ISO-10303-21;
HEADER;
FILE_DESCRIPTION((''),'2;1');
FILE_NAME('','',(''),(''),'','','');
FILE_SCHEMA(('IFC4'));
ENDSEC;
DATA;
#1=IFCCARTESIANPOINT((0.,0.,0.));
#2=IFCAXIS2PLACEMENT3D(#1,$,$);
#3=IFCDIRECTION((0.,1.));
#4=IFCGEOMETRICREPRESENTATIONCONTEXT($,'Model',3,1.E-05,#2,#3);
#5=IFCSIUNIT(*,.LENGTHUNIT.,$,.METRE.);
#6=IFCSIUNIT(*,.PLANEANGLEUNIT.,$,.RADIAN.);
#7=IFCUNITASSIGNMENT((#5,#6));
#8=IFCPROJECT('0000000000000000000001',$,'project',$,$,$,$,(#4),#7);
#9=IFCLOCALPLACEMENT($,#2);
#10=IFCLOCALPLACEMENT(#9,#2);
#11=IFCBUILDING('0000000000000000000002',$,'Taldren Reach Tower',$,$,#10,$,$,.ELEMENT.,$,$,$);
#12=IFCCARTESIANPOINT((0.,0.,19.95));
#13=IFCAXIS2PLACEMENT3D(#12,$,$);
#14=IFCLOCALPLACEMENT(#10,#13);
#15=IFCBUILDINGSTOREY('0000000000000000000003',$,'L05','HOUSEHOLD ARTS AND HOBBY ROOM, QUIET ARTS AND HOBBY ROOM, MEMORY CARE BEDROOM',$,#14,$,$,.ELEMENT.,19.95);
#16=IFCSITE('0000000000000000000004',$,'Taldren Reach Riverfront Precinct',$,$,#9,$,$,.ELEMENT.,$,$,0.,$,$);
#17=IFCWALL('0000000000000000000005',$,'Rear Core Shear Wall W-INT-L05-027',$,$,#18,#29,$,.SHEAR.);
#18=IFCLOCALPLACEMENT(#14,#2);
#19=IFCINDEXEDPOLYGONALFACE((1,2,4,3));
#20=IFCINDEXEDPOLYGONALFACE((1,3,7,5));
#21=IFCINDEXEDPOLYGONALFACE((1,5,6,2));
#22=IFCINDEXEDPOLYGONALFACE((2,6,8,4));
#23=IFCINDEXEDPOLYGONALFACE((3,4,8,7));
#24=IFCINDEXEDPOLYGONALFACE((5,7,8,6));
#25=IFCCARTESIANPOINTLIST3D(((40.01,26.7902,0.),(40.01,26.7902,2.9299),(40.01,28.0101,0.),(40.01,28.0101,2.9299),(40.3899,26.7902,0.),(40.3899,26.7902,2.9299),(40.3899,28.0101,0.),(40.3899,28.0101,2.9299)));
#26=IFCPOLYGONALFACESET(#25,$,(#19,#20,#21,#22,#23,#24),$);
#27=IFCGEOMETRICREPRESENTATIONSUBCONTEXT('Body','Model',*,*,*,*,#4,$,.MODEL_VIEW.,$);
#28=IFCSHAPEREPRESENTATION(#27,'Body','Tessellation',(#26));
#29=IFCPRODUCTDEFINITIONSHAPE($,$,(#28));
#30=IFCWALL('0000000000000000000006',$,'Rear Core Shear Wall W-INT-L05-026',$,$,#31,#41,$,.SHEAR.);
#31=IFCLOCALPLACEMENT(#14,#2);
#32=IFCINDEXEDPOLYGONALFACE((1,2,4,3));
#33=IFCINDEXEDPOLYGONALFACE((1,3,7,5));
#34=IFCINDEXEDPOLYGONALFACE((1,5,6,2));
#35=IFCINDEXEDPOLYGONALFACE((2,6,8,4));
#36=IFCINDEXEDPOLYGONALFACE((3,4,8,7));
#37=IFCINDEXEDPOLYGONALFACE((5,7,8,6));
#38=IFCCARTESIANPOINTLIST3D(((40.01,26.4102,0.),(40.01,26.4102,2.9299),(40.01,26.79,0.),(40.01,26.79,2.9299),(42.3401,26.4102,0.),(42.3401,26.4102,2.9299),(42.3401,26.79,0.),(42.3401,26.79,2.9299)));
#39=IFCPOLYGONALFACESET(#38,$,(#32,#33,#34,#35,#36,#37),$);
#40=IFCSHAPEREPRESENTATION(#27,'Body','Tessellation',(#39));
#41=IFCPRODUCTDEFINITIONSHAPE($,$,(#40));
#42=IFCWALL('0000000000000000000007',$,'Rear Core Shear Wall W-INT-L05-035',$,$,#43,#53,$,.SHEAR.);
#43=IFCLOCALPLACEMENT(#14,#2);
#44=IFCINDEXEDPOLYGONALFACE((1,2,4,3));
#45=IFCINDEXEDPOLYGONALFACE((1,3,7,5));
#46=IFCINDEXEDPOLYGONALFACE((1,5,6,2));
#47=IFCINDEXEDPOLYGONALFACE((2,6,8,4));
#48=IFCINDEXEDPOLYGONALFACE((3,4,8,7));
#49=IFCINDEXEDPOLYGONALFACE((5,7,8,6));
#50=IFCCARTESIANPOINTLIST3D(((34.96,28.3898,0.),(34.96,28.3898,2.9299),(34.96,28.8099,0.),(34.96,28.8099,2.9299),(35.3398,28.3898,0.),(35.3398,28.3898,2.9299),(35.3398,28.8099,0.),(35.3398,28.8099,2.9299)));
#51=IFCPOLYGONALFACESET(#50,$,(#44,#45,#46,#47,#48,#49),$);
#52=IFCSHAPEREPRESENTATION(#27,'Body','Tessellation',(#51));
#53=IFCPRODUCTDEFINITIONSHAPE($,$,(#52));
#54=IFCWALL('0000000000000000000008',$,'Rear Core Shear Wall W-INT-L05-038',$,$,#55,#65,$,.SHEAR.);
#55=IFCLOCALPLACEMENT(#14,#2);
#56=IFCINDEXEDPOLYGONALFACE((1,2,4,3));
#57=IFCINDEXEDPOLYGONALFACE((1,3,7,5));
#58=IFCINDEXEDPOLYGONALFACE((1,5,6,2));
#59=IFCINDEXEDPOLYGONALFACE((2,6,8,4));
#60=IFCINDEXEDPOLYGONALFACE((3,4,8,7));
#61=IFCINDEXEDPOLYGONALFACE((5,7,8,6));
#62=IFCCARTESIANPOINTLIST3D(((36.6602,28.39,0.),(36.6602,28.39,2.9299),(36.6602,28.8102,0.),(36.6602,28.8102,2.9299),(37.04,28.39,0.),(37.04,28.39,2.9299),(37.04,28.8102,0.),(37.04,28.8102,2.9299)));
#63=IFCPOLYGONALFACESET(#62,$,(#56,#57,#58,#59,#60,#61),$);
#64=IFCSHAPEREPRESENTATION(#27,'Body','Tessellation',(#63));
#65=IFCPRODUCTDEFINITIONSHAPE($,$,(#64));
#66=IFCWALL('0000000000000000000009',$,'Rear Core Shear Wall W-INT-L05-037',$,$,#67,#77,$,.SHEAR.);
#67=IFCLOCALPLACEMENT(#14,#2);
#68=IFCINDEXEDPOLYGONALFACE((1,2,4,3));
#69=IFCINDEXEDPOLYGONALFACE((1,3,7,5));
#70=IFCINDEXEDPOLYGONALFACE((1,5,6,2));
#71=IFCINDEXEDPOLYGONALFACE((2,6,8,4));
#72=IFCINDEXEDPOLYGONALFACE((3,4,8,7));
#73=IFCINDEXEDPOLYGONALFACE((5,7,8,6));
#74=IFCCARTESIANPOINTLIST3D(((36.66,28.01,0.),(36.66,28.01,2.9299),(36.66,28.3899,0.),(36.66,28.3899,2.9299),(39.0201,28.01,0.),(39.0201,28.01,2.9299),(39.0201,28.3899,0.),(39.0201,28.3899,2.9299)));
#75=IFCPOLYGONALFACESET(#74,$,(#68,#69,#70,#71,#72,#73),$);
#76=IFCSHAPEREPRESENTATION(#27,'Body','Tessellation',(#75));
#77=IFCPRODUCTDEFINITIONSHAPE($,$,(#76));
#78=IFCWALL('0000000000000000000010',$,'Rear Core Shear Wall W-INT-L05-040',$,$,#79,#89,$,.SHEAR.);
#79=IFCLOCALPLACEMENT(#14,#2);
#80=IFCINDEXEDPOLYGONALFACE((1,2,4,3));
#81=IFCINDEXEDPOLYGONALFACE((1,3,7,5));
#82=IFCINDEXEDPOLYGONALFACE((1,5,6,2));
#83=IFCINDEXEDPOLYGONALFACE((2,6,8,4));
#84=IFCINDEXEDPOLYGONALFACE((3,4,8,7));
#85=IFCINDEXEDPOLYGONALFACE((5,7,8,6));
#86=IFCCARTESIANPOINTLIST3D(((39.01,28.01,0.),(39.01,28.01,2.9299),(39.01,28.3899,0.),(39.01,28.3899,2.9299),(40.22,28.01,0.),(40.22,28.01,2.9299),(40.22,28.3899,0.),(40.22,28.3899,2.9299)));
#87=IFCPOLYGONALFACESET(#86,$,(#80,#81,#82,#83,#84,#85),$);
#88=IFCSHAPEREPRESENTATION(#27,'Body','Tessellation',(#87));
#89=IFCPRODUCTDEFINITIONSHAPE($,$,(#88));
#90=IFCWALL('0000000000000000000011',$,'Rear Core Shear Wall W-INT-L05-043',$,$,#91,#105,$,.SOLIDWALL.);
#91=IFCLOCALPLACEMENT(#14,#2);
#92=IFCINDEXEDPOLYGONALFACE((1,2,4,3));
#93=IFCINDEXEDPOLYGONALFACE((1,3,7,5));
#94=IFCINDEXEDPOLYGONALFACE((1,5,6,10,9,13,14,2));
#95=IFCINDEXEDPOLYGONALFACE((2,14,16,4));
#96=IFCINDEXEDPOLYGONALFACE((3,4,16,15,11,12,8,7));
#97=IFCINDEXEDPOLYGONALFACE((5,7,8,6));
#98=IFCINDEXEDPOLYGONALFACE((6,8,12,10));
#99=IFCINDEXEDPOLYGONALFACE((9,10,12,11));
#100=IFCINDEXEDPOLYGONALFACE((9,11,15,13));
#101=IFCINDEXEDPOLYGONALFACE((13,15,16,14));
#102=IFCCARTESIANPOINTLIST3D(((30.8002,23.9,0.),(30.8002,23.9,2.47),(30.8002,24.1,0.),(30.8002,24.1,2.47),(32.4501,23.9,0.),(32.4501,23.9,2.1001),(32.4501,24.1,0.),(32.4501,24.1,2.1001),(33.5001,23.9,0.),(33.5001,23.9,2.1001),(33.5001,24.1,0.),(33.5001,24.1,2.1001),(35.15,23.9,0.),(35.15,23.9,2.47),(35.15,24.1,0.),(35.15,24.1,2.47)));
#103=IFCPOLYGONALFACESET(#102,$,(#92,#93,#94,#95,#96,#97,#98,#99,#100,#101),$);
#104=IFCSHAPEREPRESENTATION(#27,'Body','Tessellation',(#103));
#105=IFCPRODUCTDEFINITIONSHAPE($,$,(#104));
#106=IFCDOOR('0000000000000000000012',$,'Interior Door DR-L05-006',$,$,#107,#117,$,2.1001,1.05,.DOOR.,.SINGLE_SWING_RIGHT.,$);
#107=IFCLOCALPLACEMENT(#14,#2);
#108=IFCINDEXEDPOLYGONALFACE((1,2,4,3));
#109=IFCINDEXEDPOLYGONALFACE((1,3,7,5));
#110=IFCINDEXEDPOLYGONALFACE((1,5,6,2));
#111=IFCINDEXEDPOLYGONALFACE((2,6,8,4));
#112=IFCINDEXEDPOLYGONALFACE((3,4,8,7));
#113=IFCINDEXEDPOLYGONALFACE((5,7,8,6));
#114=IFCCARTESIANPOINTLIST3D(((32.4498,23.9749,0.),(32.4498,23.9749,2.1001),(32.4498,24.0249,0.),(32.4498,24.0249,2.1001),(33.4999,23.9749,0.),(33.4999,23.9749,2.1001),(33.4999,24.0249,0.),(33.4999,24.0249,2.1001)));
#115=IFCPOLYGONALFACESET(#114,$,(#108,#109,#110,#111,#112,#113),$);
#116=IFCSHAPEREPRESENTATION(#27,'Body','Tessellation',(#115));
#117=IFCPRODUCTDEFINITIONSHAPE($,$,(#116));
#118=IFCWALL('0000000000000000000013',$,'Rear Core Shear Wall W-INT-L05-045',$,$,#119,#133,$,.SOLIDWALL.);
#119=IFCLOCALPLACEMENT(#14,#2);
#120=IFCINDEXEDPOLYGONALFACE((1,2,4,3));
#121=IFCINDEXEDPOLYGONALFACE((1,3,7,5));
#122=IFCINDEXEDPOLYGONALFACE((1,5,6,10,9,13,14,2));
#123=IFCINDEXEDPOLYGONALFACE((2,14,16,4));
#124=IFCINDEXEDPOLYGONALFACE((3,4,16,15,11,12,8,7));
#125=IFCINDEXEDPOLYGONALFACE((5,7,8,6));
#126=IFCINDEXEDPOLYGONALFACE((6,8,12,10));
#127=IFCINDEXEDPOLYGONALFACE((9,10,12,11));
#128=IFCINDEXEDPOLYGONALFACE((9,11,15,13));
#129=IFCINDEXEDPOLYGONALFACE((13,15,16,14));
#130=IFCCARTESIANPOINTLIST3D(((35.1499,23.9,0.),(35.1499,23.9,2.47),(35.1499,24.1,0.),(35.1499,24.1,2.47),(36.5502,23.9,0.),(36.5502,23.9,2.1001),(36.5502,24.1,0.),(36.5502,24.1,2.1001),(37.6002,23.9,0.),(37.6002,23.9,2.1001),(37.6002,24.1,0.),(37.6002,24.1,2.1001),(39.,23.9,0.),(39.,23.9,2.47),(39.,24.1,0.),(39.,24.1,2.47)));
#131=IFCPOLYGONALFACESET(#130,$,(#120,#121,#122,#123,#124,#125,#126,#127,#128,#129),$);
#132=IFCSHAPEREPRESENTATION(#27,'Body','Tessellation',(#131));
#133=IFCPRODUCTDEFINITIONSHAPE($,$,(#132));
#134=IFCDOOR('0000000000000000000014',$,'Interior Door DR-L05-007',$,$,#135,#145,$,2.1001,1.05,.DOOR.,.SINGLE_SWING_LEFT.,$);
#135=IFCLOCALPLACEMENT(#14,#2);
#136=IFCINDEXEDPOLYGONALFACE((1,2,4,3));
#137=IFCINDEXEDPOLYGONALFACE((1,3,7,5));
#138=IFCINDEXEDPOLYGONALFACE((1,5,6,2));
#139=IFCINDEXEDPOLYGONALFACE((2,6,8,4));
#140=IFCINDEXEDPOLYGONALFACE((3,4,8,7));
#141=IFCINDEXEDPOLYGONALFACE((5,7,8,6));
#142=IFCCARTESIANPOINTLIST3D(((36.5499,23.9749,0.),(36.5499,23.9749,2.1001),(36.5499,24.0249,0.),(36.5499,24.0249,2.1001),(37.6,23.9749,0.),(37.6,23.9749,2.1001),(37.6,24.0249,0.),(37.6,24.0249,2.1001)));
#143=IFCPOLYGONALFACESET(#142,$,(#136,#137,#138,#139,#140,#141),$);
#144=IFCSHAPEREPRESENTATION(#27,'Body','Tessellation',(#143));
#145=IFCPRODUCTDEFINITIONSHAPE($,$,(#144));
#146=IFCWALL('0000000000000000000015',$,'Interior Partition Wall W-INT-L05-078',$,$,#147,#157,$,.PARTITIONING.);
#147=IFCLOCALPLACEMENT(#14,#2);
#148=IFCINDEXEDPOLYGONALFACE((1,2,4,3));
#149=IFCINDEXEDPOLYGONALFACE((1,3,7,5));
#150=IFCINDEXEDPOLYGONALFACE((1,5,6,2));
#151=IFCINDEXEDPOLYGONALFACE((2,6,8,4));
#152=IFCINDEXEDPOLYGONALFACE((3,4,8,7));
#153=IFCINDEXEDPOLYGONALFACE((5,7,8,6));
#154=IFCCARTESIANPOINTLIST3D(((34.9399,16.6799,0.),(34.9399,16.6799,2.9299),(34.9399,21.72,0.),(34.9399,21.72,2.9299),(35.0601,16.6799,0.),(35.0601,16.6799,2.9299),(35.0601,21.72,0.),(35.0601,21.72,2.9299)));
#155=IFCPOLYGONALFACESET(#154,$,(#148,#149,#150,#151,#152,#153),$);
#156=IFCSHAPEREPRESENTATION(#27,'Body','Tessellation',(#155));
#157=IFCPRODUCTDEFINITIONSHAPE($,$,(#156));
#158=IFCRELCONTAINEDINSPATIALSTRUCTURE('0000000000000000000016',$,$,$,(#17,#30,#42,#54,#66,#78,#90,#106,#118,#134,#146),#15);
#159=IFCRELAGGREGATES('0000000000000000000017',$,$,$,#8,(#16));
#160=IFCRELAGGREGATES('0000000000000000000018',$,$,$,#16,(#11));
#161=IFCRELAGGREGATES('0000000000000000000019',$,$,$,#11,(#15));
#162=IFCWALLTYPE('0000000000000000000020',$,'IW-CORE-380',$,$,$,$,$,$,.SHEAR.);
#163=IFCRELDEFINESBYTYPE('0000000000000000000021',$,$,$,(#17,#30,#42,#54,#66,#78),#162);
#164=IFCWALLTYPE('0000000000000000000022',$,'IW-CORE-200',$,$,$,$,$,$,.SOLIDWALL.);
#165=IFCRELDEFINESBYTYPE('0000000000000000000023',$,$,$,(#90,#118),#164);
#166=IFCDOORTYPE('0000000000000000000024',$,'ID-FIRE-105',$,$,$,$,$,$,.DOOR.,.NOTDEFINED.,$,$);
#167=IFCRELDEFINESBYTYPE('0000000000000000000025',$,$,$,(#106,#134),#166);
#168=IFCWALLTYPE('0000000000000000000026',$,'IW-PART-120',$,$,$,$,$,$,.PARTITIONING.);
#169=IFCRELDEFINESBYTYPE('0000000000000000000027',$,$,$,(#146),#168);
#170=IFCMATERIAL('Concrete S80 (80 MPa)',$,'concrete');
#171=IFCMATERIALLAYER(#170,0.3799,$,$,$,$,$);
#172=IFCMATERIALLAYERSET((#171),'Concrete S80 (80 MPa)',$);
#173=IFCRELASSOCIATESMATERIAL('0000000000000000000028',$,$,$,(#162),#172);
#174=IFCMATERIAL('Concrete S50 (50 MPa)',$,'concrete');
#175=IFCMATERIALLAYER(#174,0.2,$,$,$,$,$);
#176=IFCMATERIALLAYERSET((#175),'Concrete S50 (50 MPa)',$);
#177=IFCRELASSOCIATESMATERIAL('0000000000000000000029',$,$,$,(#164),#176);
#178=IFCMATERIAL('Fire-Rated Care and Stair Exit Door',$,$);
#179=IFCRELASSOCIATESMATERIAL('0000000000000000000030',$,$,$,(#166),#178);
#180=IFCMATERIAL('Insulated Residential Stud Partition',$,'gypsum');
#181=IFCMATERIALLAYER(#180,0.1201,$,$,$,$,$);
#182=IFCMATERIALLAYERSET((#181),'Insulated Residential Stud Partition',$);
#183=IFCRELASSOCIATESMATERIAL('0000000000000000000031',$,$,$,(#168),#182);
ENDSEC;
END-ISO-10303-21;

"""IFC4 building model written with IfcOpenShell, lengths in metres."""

from ifc_helpers import new_model, si_unit, direction, frame, frame_2d, origin, place, context, subcontext, project, spatial, rectangle, extrude, source, transform, mapped, material, layer, layer_set, type_object, element, fill, save


model = new_model("IFC4")

# Units and contexts
model_context = context("Model", 3, precision=1e-05, world=origin(), true_north=direction((0.0, 1.0)))
body_context = subcontext(model_context, "Body", "Model", "MODEL_VIEW")
ifc_project = project(units=[si_unit("LENGTHUNIT", "METRE"), si_unit("PLANEANGLEUNIT", "RADIAN")], contexts=[model_context])

# Site, building, storey
site_placement = place(None, origin())
site = spatial("IfcSite", under=ifc_project, at=site_placement, Name="Taldren Reach Riverfront Precinct", CompositionType="ELEMENT", RefElevation=0.0)
building_placement = place(site_placement, origin())
building = spatial("IfcBuilding", under=site, at=building_placement, Name="Taldren Reach Tower", CompositionType="ELEMENT")
storey_placement = place(building_placement, frame((0.0, 0.0, 19.95)))
storey = spatial("IfcBuildingStorey", under=building, at=storey_placement, Name="L05", Description="HOUSEHOLD ARTS AND HOBBY ROOM, QUIET ARTS AND HOBBY ROOM, MEMORY CARE BEDROOM", CompositionType="ELEMENT", Elevation=19.95)

# Walls
ifc_material_1 = material(Name="Concrete S80 (80 MPa)", Category="concrete")
ifc_layer_1 = layer(ifc_material_1, 0.3799)
ifc_layer_set_1 = layer_set([ifc_layer_1], Name="Concrete S80 (80 MPa)")
wall_type_1 = type_object("IfcWallType", Name="IW-CORE-380", PredefinedType="SHEAR", material=ifc_layer_set_1)
ifc_material_2 = material(Name="Concrete S50 (50 MPa)", Category="concrete")
ifc_layer_2 = layer(ifc_material_2, 0.2)
ifc_layer_set_2 = layer_set([ifc_layer_2], Name="Concrete S50 (50 MPa)")
wall_type_2 = type_object("IfcWallType", Name="IW-CORE-200", PredefinedType="SOLIDWALL", material=ifc_layer_set_2)
shared_shape_1 = source(origin(), body_context, "Body", "SweptSolid", [
    extrude(rectangle(XDim=1.22, YDim=0.3799, at=frame_2d((0.6099, 0.0))), origin(), (0.0, 0.0, 1.0), 2.9299),
])
wall_1_placement = place(storey_placement, frame((40.2, 28.01, 0.0), z_axis=(0.0, 0.0, 1.0), x_axis=(0.0, -1.0, 0.0)))
element("IfcWall", 1, at=wall_1_placement, inside=storey, type_object=wall_type_1, Name="Rear Core Shear Wall W-INT-L05-027", PredefinedType="SHEAR", context=body_context, shape_type="MappedRepresentation", body=[
    mapped(shared_shape_1, transform((0.0, 0.0, 0.0), scale=1.0)),
])
shared_shape_2 = source(origin(), body_context, "Body", "SweptSolid", [
    extrude(rectangle(XDim=2.3301, YDim=0.3799, at=frame_2d((1.165, 0.0))), origin(), (0.0, 0.0, 1.0), 2.9299),
])
wall_2_placement = place(storey_placement, frame((40.01, 26.6001, 0.0), z_axis=(0.0, 0.0, 1.0), x_axis=(1.0, 0.0, 0.0)))
element("IfcWall", 2, at=wall_2_placement, inside=storey, type_object=wall_type_1, Name="Rear Core Shear Wall W-INT-L05-026", PredefinedType="SHEAR", context=body_context, shape_type="MappedRepresentation", body=[
    mapped(shared_shape_2, transform((0.0, 0.0, 0.0), scale=1.0)),
])
shared_shape_3 = source(origin(), body_context, "Body", "SweptSolid", [
    extrude(rectangle(XDim=0.4202, YDim=0.3799, at=frame_2d((0.21, 0.0))), origin(), (0.0, 0.0, 1.0), 2.9299),
])
for number, where, z_axis, x_axis, name in (
    (3, (35.1499, 28.3899, 0.0), (0.0, 0.0, 1.0), (0.0, 1.0, 0.0), "Rear Core Shear Wall W-INT-L05-035"),
    (4, (36.8501, 28.8101, 0.0), (0.0, 0.0, 1.0), (0.0, -1.0, 0.0), "Rear Core Shear Wall W-INT-L05-038"),
):
    element("IfcWall", number, at=place(storey_placement, frame(where, z_axis=z_axis, x_axis=x_axis)), inside=storey, type_object=wall_type_1, Name=name, PredefinedType="SHEAR", context=body_context, shape_type="MappedRepresentation", body=[
        mapped(shared_shape_3, transform((0.0, 0.0, 0.0), scale=1.0)),
    ])
shared_shape_4 = source(origin(), body_context, "Body", "SweptSolid", [
    extrude(rectangle(XDim=2.3601, YDim=0.3799, at=frame_2d((1.1802, 0.0))), origin(), (0.0, 0.0, 1.0), 2.9299),
])
wall_3_placement = place(storey_placement, frame((36.6599, 28.2, 0.0), z_axis=(0.0, 0.0, 1.0), x_axis=(1.0, 0.0, 0.0)))
element("IfcWall", 5, at=wall_3_placement, inside=storey, type_object=wall_type_1, Name="Rear Core Shear Wall W-INT-L05-037", PredefinedType="SHEAR", context=body_context, shape_type="MappedRepresentation", body=[
    mapped(shared_shape_4, transform((0.0, 0.0, 0.0), scale=1.0)),
])
shared_shape_5 = source(origin(), body_context, "Body", "SweptSolid", [
    extrude(rectangle(XDim=1.21, YDim=0.3799, at=frame_2d((0.605, 0.0))), origin(), (0.0, 0.0, 1.0), 2.9299),
])
wall_4_placement = place(storey_placement, frame((39.01, 28.2, 0.0), z_axis=(0.0, 0.0, 1.0), x_axis=(1.0, 0.0, 0.0)))
element("IfcWall", 6, at=wall_4_placement, inside=storey, type_object=wall_type_1, Name="Rear Core Shear Wall W-INT-L05-040", PredefinedType="SHEAR", context=body_context, shape_type="MappedRepresentation", body=[
    mapped(shared_shape_5, transform((0.0, 0.0, 0.0), scale=1.0)),
])

# Walls, openings, doors
shared_shape_6 = source(origin(), body_context, "Body", "SweptSolid", [
    extrude(rectangle(XDim=4.3499, YDim=0.2, at=frame_2d((2.1748, 0.0))), origin(), (0.0, 0.0, 1.0), 2.47),
])
wall_5_placement = place(storey_placement, frame((35.1499, 24.0, 0.0), z_axis=(0.0, 0.0, 1.0), x_axis=(-1.0, 0.0, 0.0)))
wall_5 = element("IfcWall", 7, at=wall_5_placement, inside=storey, type_object=wall_type_2, Name="Rear Core Shear Wall W-INT-L05-043", PredefinedType="SOLIDWALL", context=body_context, shape_type="MappedRepresentation", body=[
    mapped(shared_shape_6, transform((0.0, 0.0, 0.0), scale=1.0)),
])
shared_shape_7 = source(origin(), body_context, "Body", "SweptSolid", [
    extrude(rectangle(XDim=1.05, YDim=2.1001, at=frame_2d((0.5249, 1.05))), frame((0.0, 0.1099, 0.0), z_axis=(0.0, -1.0, 0.0), x_axis=(1.0, 0.0, 0.0)), (0.0, 0.0, 1.0), 0.22),
])
opening_1_placement = place(wall_5_placement, frame((1.6499, 0.0, 0.0)))
opening_1 = element("IfcOpeningElement", 8, at=opening_1_placement, cuts=wall_5, PredefinedType="OPENING", context=body_context, shape_type="MappedRepresentation", body=[
    mapped(shared_shape_7, transform((0.0, 0.0, 0.0), scale=1.0)),
])
ifc_material_3 = material(Name="Fire-Rated Care and Stair Exit Door")
door_type = type_object("IfcDoorType", Name="ID-FIRE-105", OperationType="NOTDEFINED", PredefinedType="DOOR", material=ifc_material_3)
shared_shape_8 = source(origin(), body_context, "Body", "SweptSolid", [
    extrude(rectangle(XDim=1.05, YDim=2.1001, at=frame_2d((0.5249, 1.05))), frame((0.0, 0.0249, 0.0), z_axis=(0.0, -1.0, 0.0), x_axis=(1.0, 0.0, 0.0)), (0.0, 0.0, 1.0), 0.05),
])
door_1_placement = place(opening_1_placement, frame((1.05, 0.0, 0.0), z_axis=(0.0, 0.0, 1.0), x_axis=(-1.0, 0.0, 0.0)))
door_1 = element("IfcDoor", 9, at=door_1_placement, inside=storey, type_object=door_type, Name="Interior Door DR-L05-006", OperationType="SINGLE_SWING_RIGHT", OverallHeight=2.1001, OverallWidth=1.05, PredefinedType="DOOR", context=body_context, shape_type="MappedRepresentation", body=[
    mapped(shared_shape_8, transform((0.0, 0.0, 0.0), scale=1.0)),
])
fill(opening_1, door_1)
shared_shape_9 = source(origin(), body_context, "Body", "SweptSolid", [
    extrude(rectangle(XDim=3.8501, YDim=0.2, at=frame_2d((1.925, 0.0))), origin(), (0.0, 0.0, 1.0), 2.47),
])
wall_6_placement = place(storey_placement, frame((39.0, 24.0, 0.0), z_axis=(0.0, 0.0, 1.0), x_axis=(-1.0, 0.0, 0.0)))
wall_6 = element("IfcWall", 10, at=wall_6_placement, inside=storey, type_object=wall_type_2, Name="Rear Core Shear Wall W-INT-L05-045", PredefinedType="SOLIDWALL", context=body_context, shape_type="MappedRepresentation", body=[
    mapped(shared_shape_9, transform((0.0, 0.0, 0.0), scale=1.0)),
])
opening_2_placement = place(wall_6_placement, frame((1.3999, 0.0, 0.0)))
opening_2 = element("IfcOpeningElement", 11, at=opening_2_placement, cuts=wall_6, PredefinedType="OPENING", context=body_context, shape_type="MappedRepresentation", body=[
    mapped(shared_shape_7, transform((0.0, 0.0, 0.0), scale=1.0)),
])
door_2_placement = place(opening_2_placement, frame((1.05, 0.0, 0.0), z_axis=(0.0, 0.0, 1.0), x_axis=(-1.0, 0.0, 0.0)))
door_2 = element("IfcDoor", 12, at=door_2_placement, inside=storey, type_object=door_type, Name="Interior Door DR-L05-007", OperationType="SINGLE_SWING_LEFT", OverallHeight=2.1001, OverallWidth=1.05, PredefinedType="DOOR", context=body_context, shape_type="MappedRepresentation", body=[
    mapped(shared_shape_8, transform((0.0, 0.0, 0.0), scale=1.0)),
])
fill(opening_2, door_2)

# Wall
ifc_material_4 = material(Name="Insulated Residential Stud Partition", Category="gypsum")
ifc_layer_3 = layer(ifc_material_4, 0.1201)
ifc_layer_set_3 = layer_set([ifc_layer_3], Name="Insulated Residential Stud Partition")
wall_type_3 = type_object("IfcWallType", Name="IW-PART-120", PredefinedType="PARTITIONING", material=ifc_layer_set_3)
shared_shape_10 = source(origin(), body_context, "Body", "SweptSolid", [
    extrude(rectangle(XDim=5.04, YDim=0.1201, at=frame_2d((2.52, 0.0))), origin(), (0.0, 0.0, 1.0), 2.9299),
])
wall_7_placement = place(storey_placement, frame((35.0, 21.72, 0.0), z_axis=(0.0, 0.0, 1.0), x_axis=(0.0, -1.0, 0.0)))
element("IfcWall", 13, at=wall_7_placement, inside=storey, type_object=wall_type_3, Name="Interior Partition Wall W-INT-L05-078", PredefinedType="PARTITIONING", context=body_context, shape_type="MappedRepresentation", body=[
    mapped(shared_shape_10, transform((0.0, 0.0, 0.0), scale=1.0)),
])

save(model, "model.ifc")
